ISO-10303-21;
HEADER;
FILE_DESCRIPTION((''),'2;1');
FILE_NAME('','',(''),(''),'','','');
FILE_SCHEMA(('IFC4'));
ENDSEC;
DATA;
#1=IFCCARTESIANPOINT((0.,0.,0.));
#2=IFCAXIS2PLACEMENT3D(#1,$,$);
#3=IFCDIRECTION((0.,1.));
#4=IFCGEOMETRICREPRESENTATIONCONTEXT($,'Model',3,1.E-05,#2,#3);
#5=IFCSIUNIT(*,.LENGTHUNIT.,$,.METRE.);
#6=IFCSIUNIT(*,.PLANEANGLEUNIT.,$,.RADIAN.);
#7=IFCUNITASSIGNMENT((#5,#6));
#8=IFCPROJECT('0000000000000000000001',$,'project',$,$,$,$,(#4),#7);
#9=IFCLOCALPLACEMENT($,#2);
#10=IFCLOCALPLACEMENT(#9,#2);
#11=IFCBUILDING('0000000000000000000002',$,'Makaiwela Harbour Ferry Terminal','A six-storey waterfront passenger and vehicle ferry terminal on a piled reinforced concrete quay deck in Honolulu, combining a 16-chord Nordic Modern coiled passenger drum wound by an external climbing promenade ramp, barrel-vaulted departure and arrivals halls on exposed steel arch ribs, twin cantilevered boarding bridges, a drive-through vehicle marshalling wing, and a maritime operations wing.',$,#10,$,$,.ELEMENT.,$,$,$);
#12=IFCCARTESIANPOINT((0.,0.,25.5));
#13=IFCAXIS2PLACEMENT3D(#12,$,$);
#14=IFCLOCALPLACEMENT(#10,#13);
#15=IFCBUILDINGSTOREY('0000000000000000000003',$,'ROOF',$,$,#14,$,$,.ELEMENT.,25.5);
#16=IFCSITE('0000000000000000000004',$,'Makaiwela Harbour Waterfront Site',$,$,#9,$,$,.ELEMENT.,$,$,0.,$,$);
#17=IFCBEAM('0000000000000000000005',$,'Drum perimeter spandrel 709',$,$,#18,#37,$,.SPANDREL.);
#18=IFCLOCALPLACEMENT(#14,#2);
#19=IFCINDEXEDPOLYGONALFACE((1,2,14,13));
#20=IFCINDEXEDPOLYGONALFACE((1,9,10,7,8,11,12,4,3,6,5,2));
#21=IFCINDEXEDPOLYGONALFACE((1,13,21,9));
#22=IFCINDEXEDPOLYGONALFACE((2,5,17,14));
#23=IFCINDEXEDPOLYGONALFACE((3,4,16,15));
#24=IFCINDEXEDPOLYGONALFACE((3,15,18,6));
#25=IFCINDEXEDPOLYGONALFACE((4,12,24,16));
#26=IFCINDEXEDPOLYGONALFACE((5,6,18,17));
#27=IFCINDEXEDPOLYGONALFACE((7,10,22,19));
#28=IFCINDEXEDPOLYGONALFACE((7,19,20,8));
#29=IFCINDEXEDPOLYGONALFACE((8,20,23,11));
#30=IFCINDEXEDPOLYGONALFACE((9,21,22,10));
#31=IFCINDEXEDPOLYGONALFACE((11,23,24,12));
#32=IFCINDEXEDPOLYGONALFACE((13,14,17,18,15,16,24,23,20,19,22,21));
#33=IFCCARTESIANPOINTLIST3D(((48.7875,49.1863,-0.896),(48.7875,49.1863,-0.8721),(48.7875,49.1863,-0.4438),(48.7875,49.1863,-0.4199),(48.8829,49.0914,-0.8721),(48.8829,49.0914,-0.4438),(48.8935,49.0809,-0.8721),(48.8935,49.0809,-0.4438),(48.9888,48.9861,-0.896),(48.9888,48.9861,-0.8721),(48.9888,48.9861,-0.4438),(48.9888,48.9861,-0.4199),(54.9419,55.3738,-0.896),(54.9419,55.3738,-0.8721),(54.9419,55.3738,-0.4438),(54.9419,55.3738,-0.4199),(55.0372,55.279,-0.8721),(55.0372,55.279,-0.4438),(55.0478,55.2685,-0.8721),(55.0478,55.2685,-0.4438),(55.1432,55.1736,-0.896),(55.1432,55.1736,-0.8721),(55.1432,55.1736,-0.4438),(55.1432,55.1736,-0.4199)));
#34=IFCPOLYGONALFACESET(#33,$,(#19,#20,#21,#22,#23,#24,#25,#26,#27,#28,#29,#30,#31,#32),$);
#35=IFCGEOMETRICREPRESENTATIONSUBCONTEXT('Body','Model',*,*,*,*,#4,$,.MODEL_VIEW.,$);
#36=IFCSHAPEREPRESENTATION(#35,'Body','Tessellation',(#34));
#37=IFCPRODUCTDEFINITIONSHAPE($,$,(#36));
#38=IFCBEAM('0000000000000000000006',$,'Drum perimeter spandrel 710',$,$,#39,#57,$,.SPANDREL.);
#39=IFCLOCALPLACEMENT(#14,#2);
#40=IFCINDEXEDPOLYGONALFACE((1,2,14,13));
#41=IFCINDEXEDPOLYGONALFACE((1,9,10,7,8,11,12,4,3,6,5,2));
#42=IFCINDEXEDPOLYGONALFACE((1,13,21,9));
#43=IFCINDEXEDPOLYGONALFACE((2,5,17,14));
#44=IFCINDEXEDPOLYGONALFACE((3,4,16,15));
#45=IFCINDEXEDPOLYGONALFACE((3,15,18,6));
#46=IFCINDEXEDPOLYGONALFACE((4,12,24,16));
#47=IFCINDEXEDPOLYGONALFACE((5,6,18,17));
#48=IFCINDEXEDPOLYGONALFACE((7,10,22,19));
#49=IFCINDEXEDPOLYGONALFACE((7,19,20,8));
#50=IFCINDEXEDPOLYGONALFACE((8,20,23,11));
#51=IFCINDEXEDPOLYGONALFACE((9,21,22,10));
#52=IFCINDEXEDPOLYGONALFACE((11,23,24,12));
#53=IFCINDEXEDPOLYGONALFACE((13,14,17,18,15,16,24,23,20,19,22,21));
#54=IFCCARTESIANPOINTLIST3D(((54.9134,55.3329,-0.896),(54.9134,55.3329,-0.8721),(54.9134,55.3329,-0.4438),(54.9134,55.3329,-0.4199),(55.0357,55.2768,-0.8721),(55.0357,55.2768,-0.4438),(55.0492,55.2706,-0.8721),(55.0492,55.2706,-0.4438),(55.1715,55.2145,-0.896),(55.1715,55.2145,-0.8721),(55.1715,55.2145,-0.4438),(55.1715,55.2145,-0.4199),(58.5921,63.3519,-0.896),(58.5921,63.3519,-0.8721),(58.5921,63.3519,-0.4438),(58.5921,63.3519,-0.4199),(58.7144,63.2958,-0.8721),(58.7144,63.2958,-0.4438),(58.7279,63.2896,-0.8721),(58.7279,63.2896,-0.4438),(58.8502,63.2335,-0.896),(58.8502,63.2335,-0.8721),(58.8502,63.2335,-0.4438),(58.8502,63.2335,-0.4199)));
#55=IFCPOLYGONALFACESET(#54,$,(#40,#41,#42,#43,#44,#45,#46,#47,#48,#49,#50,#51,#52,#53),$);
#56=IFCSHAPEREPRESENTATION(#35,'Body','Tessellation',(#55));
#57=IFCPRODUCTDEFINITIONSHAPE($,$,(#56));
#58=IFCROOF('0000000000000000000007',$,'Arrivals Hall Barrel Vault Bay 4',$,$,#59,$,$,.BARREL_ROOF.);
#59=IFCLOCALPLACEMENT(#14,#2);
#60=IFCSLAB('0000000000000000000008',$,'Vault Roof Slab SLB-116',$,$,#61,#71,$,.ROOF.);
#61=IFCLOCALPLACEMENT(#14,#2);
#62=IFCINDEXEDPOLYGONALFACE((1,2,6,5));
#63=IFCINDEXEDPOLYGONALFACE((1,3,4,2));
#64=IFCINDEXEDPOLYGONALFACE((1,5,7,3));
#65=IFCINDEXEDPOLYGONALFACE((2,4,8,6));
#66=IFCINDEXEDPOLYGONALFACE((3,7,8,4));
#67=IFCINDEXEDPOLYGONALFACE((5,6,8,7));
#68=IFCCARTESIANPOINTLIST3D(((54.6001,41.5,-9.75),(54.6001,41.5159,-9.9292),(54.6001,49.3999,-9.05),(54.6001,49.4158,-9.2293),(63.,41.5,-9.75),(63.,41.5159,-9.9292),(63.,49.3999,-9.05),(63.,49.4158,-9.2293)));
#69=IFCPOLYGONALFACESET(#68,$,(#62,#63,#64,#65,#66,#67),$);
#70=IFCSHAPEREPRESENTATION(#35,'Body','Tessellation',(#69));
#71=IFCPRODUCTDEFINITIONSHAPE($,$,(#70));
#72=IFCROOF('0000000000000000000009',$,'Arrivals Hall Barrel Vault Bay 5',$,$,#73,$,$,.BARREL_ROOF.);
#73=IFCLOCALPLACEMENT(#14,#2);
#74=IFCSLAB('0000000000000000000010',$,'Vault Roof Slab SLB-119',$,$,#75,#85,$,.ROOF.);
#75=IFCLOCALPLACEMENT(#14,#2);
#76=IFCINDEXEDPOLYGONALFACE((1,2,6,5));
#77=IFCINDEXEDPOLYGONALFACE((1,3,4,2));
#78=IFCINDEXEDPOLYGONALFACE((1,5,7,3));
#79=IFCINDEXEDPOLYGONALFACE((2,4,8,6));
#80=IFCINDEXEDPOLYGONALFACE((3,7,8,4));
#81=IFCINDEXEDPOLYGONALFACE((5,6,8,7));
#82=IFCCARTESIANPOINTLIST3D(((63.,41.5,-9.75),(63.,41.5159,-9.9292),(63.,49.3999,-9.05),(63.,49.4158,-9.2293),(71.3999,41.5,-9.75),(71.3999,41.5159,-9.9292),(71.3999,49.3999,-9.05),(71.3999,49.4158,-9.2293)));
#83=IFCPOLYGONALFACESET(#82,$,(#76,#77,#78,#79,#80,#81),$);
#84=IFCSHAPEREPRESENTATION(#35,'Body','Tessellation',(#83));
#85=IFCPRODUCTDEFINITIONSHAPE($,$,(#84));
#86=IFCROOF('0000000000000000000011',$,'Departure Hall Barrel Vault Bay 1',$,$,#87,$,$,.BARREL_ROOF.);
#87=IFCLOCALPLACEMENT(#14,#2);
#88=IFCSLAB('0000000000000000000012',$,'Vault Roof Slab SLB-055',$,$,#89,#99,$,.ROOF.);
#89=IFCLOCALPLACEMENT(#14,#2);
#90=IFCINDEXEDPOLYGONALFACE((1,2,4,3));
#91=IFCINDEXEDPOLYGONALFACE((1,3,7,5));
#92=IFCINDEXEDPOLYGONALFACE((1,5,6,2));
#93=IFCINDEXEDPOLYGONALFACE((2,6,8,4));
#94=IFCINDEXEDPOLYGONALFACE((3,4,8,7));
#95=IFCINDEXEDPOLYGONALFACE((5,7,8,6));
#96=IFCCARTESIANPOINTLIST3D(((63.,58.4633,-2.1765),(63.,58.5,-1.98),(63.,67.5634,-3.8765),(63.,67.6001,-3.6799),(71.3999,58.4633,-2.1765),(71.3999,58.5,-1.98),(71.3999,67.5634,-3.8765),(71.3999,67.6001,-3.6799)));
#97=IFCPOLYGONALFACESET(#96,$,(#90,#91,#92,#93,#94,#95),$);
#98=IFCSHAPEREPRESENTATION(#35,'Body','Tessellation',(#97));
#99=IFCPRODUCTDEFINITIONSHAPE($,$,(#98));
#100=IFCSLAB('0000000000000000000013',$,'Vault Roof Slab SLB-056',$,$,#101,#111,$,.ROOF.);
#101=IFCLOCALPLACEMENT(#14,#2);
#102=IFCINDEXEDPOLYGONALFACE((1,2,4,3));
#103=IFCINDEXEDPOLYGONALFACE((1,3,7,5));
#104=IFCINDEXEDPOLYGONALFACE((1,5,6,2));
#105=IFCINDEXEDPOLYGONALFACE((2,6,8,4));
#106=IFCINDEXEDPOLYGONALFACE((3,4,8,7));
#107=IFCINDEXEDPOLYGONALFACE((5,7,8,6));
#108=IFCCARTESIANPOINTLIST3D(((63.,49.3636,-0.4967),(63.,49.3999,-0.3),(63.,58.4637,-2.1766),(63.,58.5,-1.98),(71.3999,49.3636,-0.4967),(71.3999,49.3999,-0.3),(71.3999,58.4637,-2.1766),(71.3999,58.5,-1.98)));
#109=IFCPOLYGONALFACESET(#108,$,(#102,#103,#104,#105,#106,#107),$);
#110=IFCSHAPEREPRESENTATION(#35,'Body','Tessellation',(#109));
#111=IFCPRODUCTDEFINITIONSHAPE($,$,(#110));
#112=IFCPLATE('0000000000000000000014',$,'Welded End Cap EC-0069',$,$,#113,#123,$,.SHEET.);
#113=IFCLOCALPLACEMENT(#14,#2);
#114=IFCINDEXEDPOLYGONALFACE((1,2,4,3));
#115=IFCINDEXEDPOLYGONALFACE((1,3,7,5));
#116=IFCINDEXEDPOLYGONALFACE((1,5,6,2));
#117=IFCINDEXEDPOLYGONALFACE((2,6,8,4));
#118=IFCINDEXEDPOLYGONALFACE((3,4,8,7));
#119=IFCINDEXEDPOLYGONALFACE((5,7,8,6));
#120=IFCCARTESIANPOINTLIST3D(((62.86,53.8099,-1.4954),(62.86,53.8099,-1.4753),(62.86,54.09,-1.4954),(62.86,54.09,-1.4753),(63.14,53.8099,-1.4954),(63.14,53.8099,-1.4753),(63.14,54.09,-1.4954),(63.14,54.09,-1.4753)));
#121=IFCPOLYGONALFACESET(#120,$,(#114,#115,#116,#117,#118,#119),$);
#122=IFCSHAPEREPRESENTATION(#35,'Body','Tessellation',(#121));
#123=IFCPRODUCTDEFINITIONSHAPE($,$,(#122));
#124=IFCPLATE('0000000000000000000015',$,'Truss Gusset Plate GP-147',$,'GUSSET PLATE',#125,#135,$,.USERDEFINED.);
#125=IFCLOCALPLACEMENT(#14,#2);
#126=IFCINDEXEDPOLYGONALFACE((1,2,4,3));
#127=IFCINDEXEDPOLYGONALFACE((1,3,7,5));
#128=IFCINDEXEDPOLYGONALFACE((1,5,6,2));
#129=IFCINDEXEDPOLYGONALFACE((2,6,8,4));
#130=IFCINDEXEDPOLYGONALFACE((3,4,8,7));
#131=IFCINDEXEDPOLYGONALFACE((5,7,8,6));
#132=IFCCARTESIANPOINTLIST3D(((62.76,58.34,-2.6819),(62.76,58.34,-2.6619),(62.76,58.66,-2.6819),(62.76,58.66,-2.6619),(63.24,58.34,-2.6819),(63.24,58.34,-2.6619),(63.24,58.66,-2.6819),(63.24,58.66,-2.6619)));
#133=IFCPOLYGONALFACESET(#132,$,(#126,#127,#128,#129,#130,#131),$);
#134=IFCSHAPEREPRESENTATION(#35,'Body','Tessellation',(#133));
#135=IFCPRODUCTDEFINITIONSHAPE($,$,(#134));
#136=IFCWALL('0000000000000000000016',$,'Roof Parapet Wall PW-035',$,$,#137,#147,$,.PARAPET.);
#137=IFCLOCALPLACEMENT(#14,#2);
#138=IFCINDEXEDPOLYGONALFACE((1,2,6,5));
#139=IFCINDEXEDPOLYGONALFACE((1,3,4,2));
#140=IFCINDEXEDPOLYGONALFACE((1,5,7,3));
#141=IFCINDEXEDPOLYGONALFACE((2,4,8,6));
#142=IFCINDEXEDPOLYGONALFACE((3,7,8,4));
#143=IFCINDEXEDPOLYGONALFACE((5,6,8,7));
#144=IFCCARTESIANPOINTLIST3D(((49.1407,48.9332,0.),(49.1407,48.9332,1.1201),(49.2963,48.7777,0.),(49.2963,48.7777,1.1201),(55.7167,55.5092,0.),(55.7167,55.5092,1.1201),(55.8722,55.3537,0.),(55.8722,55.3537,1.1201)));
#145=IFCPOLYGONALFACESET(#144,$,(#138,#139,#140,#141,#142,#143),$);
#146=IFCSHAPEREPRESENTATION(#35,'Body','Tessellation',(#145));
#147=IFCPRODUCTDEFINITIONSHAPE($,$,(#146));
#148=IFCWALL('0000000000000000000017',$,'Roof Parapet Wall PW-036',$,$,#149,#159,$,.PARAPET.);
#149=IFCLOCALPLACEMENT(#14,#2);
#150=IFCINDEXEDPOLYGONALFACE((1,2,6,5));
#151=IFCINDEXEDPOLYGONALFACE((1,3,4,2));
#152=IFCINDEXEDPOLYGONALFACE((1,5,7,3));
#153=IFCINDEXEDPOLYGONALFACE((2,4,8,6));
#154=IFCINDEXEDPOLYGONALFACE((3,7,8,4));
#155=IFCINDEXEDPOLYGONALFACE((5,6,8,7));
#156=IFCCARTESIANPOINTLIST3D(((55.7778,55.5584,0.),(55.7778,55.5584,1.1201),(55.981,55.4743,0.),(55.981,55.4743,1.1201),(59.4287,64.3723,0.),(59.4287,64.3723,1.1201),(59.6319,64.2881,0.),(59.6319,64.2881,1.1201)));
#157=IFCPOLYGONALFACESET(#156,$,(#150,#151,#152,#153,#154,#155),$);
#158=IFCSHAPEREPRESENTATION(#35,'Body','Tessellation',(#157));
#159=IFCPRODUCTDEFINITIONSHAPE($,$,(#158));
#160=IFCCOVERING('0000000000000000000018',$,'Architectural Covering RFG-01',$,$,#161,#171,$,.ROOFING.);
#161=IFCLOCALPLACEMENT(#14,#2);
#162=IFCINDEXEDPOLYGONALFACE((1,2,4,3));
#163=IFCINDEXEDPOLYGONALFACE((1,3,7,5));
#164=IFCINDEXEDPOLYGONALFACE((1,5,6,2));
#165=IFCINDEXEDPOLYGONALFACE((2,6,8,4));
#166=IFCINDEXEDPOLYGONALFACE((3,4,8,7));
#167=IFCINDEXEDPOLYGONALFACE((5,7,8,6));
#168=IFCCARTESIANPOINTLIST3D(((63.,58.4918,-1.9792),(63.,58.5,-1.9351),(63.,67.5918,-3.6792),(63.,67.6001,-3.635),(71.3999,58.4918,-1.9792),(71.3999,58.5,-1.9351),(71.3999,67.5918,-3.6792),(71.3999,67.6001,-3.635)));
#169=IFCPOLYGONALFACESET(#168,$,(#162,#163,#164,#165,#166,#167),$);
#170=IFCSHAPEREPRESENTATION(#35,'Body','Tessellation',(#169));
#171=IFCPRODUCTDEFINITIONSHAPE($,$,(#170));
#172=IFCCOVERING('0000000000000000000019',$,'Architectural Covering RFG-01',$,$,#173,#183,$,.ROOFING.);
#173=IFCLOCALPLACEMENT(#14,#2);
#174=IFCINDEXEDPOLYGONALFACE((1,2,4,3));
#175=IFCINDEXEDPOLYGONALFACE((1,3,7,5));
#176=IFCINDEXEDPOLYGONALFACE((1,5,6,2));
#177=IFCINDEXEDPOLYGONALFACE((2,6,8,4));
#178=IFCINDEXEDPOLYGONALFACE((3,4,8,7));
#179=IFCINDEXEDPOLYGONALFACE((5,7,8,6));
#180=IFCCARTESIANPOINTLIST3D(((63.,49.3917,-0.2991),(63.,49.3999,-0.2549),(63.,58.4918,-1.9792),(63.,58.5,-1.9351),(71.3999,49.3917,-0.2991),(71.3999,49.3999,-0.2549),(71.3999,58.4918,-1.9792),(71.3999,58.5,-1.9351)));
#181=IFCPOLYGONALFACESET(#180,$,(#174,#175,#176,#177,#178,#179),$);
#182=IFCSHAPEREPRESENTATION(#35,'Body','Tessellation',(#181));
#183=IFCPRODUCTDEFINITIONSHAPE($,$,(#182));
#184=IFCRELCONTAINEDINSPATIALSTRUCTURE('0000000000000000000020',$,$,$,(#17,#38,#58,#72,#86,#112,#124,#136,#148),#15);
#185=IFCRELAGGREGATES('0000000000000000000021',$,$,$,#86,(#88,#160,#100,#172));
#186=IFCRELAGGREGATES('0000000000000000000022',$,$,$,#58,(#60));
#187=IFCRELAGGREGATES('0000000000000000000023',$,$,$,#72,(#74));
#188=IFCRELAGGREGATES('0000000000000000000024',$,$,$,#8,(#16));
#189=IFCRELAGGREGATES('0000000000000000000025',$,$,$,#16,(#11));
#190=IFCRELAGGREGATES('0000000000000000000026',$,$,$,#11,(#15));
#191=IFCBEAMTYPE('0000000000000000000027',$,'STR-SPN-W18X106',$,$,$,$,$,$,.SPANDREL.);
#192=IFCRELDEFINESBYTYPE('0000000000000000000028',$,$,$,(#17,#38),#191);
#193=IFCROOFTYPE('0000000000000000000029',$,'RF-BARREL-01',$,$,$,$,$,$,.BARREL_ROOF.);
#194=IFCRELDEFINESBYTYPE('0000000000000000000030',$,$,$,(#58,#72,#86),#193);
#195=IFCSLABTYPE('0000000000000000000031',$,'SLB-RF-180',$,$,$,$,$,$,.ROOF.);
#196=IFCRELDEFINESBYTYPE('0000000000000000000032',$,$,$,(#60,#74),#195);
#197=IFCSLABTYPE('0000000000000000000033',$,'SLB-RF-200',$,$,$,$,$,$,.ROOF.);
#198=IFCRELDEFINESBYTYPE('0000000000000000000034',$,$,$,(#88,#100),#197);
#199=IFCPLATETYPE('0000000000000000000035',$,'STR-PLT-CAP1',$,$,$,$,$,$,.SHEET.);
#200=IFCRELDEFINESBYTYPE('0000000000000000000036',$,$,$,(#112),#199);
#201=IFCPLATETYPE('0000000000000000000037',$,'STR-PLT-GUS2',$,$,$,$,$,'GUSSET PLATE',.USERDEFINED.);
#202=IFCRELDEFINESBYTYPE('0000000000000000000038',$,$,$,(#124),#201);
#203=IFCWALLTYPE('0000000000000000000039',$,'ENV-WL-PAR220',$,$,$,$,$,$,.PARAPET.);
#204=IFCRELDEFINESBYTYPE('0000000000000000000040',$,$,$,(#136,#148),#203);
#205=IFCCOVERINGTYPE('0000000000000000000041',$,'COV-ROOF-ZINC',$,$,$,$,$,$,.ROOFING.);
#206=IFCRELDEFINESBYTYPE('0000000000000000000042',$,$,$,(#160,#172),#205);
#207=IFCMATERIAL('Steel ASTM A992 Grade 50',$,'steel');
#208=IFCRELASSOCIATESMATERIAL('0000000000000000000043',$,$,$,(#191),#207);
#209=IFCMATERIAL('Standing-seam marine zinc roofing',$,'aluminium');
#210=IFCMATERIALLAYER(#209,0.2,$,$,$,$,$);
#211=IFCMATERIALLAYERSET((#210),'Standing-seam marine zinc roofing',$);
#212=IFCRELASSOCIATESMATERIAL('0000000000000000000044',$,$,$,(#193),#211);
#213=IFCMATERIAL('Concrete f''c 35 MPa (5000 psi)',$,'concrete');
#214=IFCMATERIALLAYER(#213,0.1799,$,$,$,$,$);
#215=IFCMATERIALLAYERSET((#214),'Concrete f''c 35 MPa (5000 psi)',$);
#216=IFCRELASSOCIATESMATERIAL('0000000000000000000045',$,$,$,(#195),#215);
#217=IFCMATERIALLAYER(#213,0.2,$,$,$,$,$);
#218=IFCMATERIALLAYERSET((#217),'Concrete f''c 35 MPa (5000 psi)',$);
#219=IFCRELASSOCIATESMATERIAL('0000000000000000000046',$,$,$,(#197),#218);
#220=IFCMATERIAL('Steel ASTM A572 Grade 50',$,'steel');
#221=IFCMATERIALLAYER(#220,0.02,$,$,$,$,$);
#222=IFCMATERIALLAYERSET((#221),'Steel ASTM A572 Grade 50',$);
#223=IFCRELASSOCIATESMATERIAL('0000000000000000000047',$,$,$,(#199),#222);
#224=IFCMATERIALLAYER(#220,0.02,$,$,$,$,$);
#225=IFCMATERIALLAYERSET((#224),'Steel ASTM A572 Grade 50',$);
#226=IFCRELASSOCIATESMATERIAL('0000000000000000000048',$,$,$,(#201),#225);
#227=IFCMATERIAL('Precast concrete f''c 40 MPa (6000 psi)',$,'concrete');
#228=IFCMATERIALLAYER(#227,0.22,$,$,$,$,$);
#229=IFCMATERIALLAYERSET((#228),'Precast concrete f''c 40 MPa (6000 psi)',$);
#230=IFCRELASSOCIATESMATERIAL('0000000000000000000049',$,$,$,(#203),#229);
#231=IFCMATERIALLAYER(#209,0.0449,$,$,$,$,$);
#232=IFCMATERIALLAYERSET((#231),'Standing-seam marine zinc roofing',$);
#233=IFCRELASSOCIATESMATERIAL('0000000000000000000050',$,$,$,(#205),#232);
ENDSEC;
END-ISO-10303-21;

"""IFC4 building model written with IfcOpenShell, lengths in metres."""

from ifc_helpers import new_model, si_unit, direction, frame, frame_2d, origin, origin_2d, place, context, subcontext, project, spatial, polyline, rectangle, i_section, outline, extrude, material, layer, layer_set, material_profile, profile_set, type_object, element, aggregate, save


model = new_model("IFC4")

# Units and contexts
model_context = context("Model", 3, precision=1e-05, world=origin(), true_north=direction((0.0, 1.0)))
body_context = subcontext(model_context, "Body", "Model", "MODEL_VIEW")
ifc_project = project(units=[si_unit("LENGTHUNIT", "METRE"), si_unit("PLANEANGLEUNIT", "RADIAN")], contexts=[model_context])

# Site, building, storey
site_placement = place(None, origin())
site = spatial("IfcSite", under=ifc_project, at=site_placement, Name="Makaiwela Harbour Waterfront Site", CompositionType="ELEMENT", RefElevation=0.0)
building_placement = place(site_placement, origin())
building = spatial("IfcBuilding", under=site, at=building_placement, Name="Makaiwela Harbour Ferry Terminal", Description="A six-storey waterfront passenger and vehicle ferry terminal on a piled reinforced concrete quay deck in Honolulu, combining a 16-chord Nordic Modern coiled passenger drum wound by an external climbing promenade ramp, barrel-vaulted departure and arrivals halls on exposed steel arch ribs, twin cantilevered boarding bridges, a drive-through vehicle marshalling wing, and a maritime operations wing.", CompositionType="ELEMENT")
storey_placement = place(building_placement, frame((0.0, 0.0, 25.5)))
storey = spatial("IfcBuildingStorey", under=building, at=storey_placement, Name="ROOF", CompositionType="ELEMENT", Elevation=25.5)

# Shared definitions
ifc_material_1 = material(Name="Steel ASTM A992 Grade 50", Category="steel")

# Beams
ifc_material_profile_1 = material_profile(ifc_material_1, i_section(OverallWidth=0.2839, OverallDepth=0.4761, WebThickness=0.0149, FlangeThickness=0.0239, at=origin_2d()), Name="W18X106")
ifc_profile_set_1 = profile_set([ifc_material_profile_1], Name="Steel ASTM A992 Grade 50")
beam_type_1 = type_object("IfcBeamType", Name="STR-SPN-W18X106", PredefinedType="SPANDREL", material=ifc_profile_set_1)
beam_1_placement = place(storey_placement, frame((48.8882, 49.0862, -0.658), z_axis=(0.705202, 0.709007, 0.0), x_axis=(-0.709007, 0.705202, 0.0)))
element("IfcBeam", 1, at=beam_1_placement, inside=storey, type_object=beam_type_1, Name="Drum perimeter spandrel 709", PredefinedType="SPANDREL", context=body_context, shape_type="SweptSolid", body=[
    extrude(i_section(OverallWidth=0.2839, OverallDepth=0.4761, WebThickness=0.0149, FlangeThickness=0.0239, at=origin_2d()), origin(), (0.0, 0.0, 1.0), 8.7271),
])
beam_2_placement = place(storey_placement, frame((55.0425, 55.2737, -0.658), z_axis=(0.416965, 0.908922, 0.0), x_axis=(-0.908922, 0.416965, 0.0)))
element("IfcBeam", 2, at=beam_2_placement, inside=storey, type_object=beam_type_1, Name="Drum perimeter spandrel 710", PredefinedType="SPANDREL", context=body_context, shape_type="SweptSolid", body=[
    extrude(i_section(OverallWidth=0.2839, OverallDepth=0.4761, WebThickness=0.0149, FlangeThickness=0.0239, at=origin_2d()), origin(), (0.0, 0.0, 1.0), 8.8225),
])

# Roofs, slabs
ifc_material_2 = material(Name="Standing-seam marine zinc roofing", Category="aluminium")
ifc_layer_1 = layer(ifc_material_2, 0.2)
ifc_layer_set_1 = layer_set([ifc_layer_1], Name="Standing-seam marine zinc roofing")
roof_type = type_object("IfcRoofType", Name="RF-BARREL-01", PredefinedType="BARREL_ROOF", material=ifc_layer_set_1)
roof_1_placement = place(storey_placement, origin())
roof_1 = element("IfcRoof", 3, at=roof_1_placement, inside=storey, type_object=roof_type, Name="Arrivals Hall Barrel Vault Bay 4", PredefinedType="BARREL_ROOF")
ifc_material_3 = material(Name="Concrete f'c 35 MPa (5000 psi)", Category="concrete")
ifc_layer_2 = layer(ifc_material_3, 0.1799)
ifc_layer_set_2 = layer_set([ifc_layer_2], Name="Concrete f'c 35 MPa (5000 psi)")
slab_type_1 = type_object("IfcSlabType", Name="SLB-RF-180", PredefinedType="ROOF", material=ifc_layer_set_2)
slab_1_placement = place(storey_placement, frame((54.6001, 41.5, -9.75), z_axis=(0.0, -0.088257, 0.996098), x_axis=(1.0, 0.0, 0.0)))
slab_1 = element("IfcSlab", 4, at=slab_1_placement, type_object=slab_type_1, Name="Vault Roof Slab SLB-116", PredefinedType="ROOF", context=body_context, shape_type="SweptSolid", body=[
    extrude(outline(polyline([(0.0, 0.0), (8.3999, 0.0), (8.3999, 7.9309), (0.0, 7.9309), (0.0, 0.0)])), origin(), (0.0, 0.0, -1.0), 0.1799),
])
roof_2_placement = place(storey_placement, origin())
roof_2 = element("IfcRoof", 5, at=roof_2_placement, inside=storey, type_object=roof_type, Name="Arrivals Hall Barrel Vault Bay 5", PredefinedType="BARREL_ROOF")
slab_2_placement = place(storey_placement, frame((63.0, 41.5, -9.75), z_axis=(0.0, -0.088257, 0.996098), x_axis=(1.0, 0.0, 0.0)))
slab_2 = element("IfcSlab", 6, at=slab_2_placement, type_object=slab_type_1, Name="Vault Roof Slab SLB-119", PredefinedType="ROOF", context=body_context, shape_type="SweptSolid", body=[
    extrude(outline(polyline([(0.0, 0.0), (8.3999, 0.0), (8.3999, 7.9309), (0.0, 7.9309), (0.0, 0.0)])), origin(), (0.0, 0.0, -1.0), 0.1799),
])

# Roof, slabs
roof_3_placement = place(storey_placement, origin())
roof_3 = element("IfcRoof", 7, at=roof_3_placement, inside=storey, type_object=roof_type, Name="Departure Hall Barrel Vault Bay 1", PredefinedType="BARREL_ROOF")
ifc_layer_3 = layer(ifc_material_3, 0.2)
ifc_layer_set_3 = layer_set([ifc_layer_3], Name="Concrete f'c 35 MPa (5000 psi)")
slab_type_2 = type_object("IfcSlabType", Name="SLB-RF-200", PredefinedType="ROOF", material=ifc_layer_set_3)
slab_3_placement = place(storey_placement, frame((63.0, 58.5, -1.98), z_axis=(0.0, 0.183629, 0.982996), x_axis=(1.0, 0.0, 0.0)))
slab_3 = element("IfcSlab", 8, at=slab_3_placement, type_object=slab_type_2, Name="Vault Roof Slab SLB-055", PredefinedType="ROOF", context=body_context, shape_type="SweptSolid", body=[
    extrude(outline(polyline([(0.0, 0.0), (8.3999, 0.0), (8.3999, 9.2575), (0.0, 9.2575), (0.0, 0.0)])), origin(), (0.0, 0.0, -1.0), 0.2),
])
slab_4_placement = place(storey_placement, frame((63.0, 49.3999, -0.3), z_axis=(0.0, 0.181538, 0.983384), x_axis=(1.0, 0.0, 0.0)))
slab_4 = element("IfcSlab", 9, at=slab_4_placement, type_object=slab_type_2, Name="Vault Roof Slab SLB-056", PredefinedType="ROOF", context=body_context, shape_type="SweptSolid", body=[
    extrude(outline(polyline([(0.0, 0.0), (8.3999, 0.0), (8.3999, 9.2539), (0.0, 9.2539), (0.0, 0.0)])), origin(), (0.0, 0.0, -1.0), 0.2),
])

# Plates
ifc_material_4 = material(Name="Steel ASTM A572 Grade 50", Category="steel")
ifc_layer_4 = layer(ifc_material_4, 0.02)
ifc_layer_set_4 = layer_set([ifc_layer_4], Name="Steel ASTM A572 Grade 50")
plate_type_1 = type_object("IfcPlateType", Name="STR-PLT-CAP1", PredefinedType="SHEET", material=ifc_layer_set_4)
plate_1_placement = place(storey_placement, frame((63.0, 53.95, -1.4954), z_axis=(0.0, 0.0, 1.0), x_axis=(0.0, 1.0, 0.0)))
element("IfcPlate", 10, at=plate_1_placement, inside=storey, type_object=plate_type_1, Name="Welded End Cap EC-0069", PredefinedType="SHEET", context=body_context, shape_type="SweptSolid", body=[
    extrude(rectangle(XDim=0.28, YDim=0.28, at=origin_2d()), origin(), (0.0, 0.0, 1.0), 0.02),
])
ifc_layer_5 = layer(ifc_material_4, 0.02)
ifc_layer_set_5 = layer_set([ifc_layer_5], Name="Steel ASTM A572 Grade 50")
plate_type_2 = type_object("IfcPlateType", Name="STR-PLT-GUS2", ElementType="GUSSET PLATE", PredefinedType="USERDEFINED", material=ifc_layer_set_5)
plate_2_placement = place(storey_placement, frame((63.0, 58.5, -2.6819), z_axis=(0.0, 0.0, 1.0), x_axis=(1.0, 0.0, 0.0)))
element("IfcPlate", 11, at=plate_2_placement, inside=storey, type_object=plate_type_2, Name="Truss Gusset Plate GP-147", ObjectType="GUSSET PLATE", PredefinedType="USERDEFINED", context=body_context, shape_type="SweptSolid", body=[
    extrude(rectangle(XDim=0.48, YDim=0.3201, at=origin_2d()), origin(), (0.0, 0.0, 1.0), 0.02),
])

# Walls
ifc_material_5 = material(Name="Precast concrete f'c 40 MPa (6000 psi)", Category="concrete")
ifc_layer_6 = layer(ifc_material_5, 0.22)
ifc_layer_set_6 = layer_set([ifc_layer_6], Name="Precast concrete f'c 40 MPa (6000 psi)")
wall_type = type_object("IfcWallType", Name="ENV-WL-PAR220", PredefinedType="PARAPET", material=ifc_layer_set_6)
wall_1_placement = place(storey_placement, frame((49.2185, 48.8555, 0.0), z_axis=(0.0, 0.0, 1.0), x_axis=(0.707107, 0.707107, 0.0)))
element("IfcWall", 12, at=wall_1_placement, inside=storey, type_object=wall_type, Name="Roof Parapet Wall PW-035", PredefinedType="PARAPET", context=body_context, shape_type="SweptSolid", body=[
    extrude(rectangle(XDim=9.2998, YDim=0.22, at=frame_2d((4.6499, 0.0))), origin(), (0.0, 0.0, 1.0), 1.1201),
])
wall_2_placement = place(storey_placement, frame((55.8794, 55.5164, 0.0), z_axis=(0.0, 0.0, 1.0), x_axis=(0.382694, 0.923875, 0.0)))
element("IfcWall", 13, at=wall_2_placement, inside=storey, type_object=wall_type, Name="Roof Parapet Wall PW-036", PredefinedType="PARAPET", context=body_context, shape_type="SweptSolid", body=[
    extrude(rectangle(XDim=9.54, YDim=0.22, at=frame_2d((4.77, 0.0))), origin(), (0.0, 0.0, 1.0), 1.1201),
])

# Coverings
ifc_layer_7 = layer(ifc_material_2, 0.0449)
ifc_layer_set_7 = layer_set([ifc_layer_7], Name="Standing-seam marine zinc roofing")
covering_type_1 = type_object("IfcCoveringType", Name="COV-ROOF-ZINC", PredefinedType="ROOFING", material=ifc_layer_set_7)
covering_1_placement = place(storey_placement, frame((63.0, 58.5, -1.9351), z_axis=(0.0, 0.183629, 0.982996), x_axis=(1.0, 0.0, 0.0)))
covering_1 = element("IfcCovering", 14, at=covering_1_placement, type_object=covering_type_1, Name="Architectural Covering RFG-01", PredefinedType="ROOFING", context=body_context, shape_type="SweptSolid", body=[
    extrude(outline(polyline([(0.0, 0.0), (8.3999, 0.0), (8.3999, 9.2575), (0.0, 9.2575), (0.0, 0.0)])), origin(), (0.0, 0.0, -1.0), 0.0449),
])
covering_2_placement = place(storey_placement, frame((63.0, 49.3999, -0.2549), z_axis=(0.0, 0.181564, 0.983379), x_axis=(1.0, 0.0, 0.0)))
covering_2 = element("IfcCovering", 15, at=covering_2_placement, type_object=covering_type_1, Name="Architectural Covering RFG-01", PredefinedType="ROOFING", context=body_context, shape_type="SweptSolid", body=[
    extrude(outline(polyline([(0.0, 0.0), (8.3999, 0.0), (8.3999, 9.2539), (0.0, 9.2539), (0.0, 0.0)])), origin(), (0.0, 0.0, -1.0), 0.0449),
])
aggregate(roof_3, [slab_3, covering_1, slab_4, covering_2])
aggregate(roof_1, [slab_1])
aggregate(roof_2, [slab_2])

save(model, "model.ifc")
